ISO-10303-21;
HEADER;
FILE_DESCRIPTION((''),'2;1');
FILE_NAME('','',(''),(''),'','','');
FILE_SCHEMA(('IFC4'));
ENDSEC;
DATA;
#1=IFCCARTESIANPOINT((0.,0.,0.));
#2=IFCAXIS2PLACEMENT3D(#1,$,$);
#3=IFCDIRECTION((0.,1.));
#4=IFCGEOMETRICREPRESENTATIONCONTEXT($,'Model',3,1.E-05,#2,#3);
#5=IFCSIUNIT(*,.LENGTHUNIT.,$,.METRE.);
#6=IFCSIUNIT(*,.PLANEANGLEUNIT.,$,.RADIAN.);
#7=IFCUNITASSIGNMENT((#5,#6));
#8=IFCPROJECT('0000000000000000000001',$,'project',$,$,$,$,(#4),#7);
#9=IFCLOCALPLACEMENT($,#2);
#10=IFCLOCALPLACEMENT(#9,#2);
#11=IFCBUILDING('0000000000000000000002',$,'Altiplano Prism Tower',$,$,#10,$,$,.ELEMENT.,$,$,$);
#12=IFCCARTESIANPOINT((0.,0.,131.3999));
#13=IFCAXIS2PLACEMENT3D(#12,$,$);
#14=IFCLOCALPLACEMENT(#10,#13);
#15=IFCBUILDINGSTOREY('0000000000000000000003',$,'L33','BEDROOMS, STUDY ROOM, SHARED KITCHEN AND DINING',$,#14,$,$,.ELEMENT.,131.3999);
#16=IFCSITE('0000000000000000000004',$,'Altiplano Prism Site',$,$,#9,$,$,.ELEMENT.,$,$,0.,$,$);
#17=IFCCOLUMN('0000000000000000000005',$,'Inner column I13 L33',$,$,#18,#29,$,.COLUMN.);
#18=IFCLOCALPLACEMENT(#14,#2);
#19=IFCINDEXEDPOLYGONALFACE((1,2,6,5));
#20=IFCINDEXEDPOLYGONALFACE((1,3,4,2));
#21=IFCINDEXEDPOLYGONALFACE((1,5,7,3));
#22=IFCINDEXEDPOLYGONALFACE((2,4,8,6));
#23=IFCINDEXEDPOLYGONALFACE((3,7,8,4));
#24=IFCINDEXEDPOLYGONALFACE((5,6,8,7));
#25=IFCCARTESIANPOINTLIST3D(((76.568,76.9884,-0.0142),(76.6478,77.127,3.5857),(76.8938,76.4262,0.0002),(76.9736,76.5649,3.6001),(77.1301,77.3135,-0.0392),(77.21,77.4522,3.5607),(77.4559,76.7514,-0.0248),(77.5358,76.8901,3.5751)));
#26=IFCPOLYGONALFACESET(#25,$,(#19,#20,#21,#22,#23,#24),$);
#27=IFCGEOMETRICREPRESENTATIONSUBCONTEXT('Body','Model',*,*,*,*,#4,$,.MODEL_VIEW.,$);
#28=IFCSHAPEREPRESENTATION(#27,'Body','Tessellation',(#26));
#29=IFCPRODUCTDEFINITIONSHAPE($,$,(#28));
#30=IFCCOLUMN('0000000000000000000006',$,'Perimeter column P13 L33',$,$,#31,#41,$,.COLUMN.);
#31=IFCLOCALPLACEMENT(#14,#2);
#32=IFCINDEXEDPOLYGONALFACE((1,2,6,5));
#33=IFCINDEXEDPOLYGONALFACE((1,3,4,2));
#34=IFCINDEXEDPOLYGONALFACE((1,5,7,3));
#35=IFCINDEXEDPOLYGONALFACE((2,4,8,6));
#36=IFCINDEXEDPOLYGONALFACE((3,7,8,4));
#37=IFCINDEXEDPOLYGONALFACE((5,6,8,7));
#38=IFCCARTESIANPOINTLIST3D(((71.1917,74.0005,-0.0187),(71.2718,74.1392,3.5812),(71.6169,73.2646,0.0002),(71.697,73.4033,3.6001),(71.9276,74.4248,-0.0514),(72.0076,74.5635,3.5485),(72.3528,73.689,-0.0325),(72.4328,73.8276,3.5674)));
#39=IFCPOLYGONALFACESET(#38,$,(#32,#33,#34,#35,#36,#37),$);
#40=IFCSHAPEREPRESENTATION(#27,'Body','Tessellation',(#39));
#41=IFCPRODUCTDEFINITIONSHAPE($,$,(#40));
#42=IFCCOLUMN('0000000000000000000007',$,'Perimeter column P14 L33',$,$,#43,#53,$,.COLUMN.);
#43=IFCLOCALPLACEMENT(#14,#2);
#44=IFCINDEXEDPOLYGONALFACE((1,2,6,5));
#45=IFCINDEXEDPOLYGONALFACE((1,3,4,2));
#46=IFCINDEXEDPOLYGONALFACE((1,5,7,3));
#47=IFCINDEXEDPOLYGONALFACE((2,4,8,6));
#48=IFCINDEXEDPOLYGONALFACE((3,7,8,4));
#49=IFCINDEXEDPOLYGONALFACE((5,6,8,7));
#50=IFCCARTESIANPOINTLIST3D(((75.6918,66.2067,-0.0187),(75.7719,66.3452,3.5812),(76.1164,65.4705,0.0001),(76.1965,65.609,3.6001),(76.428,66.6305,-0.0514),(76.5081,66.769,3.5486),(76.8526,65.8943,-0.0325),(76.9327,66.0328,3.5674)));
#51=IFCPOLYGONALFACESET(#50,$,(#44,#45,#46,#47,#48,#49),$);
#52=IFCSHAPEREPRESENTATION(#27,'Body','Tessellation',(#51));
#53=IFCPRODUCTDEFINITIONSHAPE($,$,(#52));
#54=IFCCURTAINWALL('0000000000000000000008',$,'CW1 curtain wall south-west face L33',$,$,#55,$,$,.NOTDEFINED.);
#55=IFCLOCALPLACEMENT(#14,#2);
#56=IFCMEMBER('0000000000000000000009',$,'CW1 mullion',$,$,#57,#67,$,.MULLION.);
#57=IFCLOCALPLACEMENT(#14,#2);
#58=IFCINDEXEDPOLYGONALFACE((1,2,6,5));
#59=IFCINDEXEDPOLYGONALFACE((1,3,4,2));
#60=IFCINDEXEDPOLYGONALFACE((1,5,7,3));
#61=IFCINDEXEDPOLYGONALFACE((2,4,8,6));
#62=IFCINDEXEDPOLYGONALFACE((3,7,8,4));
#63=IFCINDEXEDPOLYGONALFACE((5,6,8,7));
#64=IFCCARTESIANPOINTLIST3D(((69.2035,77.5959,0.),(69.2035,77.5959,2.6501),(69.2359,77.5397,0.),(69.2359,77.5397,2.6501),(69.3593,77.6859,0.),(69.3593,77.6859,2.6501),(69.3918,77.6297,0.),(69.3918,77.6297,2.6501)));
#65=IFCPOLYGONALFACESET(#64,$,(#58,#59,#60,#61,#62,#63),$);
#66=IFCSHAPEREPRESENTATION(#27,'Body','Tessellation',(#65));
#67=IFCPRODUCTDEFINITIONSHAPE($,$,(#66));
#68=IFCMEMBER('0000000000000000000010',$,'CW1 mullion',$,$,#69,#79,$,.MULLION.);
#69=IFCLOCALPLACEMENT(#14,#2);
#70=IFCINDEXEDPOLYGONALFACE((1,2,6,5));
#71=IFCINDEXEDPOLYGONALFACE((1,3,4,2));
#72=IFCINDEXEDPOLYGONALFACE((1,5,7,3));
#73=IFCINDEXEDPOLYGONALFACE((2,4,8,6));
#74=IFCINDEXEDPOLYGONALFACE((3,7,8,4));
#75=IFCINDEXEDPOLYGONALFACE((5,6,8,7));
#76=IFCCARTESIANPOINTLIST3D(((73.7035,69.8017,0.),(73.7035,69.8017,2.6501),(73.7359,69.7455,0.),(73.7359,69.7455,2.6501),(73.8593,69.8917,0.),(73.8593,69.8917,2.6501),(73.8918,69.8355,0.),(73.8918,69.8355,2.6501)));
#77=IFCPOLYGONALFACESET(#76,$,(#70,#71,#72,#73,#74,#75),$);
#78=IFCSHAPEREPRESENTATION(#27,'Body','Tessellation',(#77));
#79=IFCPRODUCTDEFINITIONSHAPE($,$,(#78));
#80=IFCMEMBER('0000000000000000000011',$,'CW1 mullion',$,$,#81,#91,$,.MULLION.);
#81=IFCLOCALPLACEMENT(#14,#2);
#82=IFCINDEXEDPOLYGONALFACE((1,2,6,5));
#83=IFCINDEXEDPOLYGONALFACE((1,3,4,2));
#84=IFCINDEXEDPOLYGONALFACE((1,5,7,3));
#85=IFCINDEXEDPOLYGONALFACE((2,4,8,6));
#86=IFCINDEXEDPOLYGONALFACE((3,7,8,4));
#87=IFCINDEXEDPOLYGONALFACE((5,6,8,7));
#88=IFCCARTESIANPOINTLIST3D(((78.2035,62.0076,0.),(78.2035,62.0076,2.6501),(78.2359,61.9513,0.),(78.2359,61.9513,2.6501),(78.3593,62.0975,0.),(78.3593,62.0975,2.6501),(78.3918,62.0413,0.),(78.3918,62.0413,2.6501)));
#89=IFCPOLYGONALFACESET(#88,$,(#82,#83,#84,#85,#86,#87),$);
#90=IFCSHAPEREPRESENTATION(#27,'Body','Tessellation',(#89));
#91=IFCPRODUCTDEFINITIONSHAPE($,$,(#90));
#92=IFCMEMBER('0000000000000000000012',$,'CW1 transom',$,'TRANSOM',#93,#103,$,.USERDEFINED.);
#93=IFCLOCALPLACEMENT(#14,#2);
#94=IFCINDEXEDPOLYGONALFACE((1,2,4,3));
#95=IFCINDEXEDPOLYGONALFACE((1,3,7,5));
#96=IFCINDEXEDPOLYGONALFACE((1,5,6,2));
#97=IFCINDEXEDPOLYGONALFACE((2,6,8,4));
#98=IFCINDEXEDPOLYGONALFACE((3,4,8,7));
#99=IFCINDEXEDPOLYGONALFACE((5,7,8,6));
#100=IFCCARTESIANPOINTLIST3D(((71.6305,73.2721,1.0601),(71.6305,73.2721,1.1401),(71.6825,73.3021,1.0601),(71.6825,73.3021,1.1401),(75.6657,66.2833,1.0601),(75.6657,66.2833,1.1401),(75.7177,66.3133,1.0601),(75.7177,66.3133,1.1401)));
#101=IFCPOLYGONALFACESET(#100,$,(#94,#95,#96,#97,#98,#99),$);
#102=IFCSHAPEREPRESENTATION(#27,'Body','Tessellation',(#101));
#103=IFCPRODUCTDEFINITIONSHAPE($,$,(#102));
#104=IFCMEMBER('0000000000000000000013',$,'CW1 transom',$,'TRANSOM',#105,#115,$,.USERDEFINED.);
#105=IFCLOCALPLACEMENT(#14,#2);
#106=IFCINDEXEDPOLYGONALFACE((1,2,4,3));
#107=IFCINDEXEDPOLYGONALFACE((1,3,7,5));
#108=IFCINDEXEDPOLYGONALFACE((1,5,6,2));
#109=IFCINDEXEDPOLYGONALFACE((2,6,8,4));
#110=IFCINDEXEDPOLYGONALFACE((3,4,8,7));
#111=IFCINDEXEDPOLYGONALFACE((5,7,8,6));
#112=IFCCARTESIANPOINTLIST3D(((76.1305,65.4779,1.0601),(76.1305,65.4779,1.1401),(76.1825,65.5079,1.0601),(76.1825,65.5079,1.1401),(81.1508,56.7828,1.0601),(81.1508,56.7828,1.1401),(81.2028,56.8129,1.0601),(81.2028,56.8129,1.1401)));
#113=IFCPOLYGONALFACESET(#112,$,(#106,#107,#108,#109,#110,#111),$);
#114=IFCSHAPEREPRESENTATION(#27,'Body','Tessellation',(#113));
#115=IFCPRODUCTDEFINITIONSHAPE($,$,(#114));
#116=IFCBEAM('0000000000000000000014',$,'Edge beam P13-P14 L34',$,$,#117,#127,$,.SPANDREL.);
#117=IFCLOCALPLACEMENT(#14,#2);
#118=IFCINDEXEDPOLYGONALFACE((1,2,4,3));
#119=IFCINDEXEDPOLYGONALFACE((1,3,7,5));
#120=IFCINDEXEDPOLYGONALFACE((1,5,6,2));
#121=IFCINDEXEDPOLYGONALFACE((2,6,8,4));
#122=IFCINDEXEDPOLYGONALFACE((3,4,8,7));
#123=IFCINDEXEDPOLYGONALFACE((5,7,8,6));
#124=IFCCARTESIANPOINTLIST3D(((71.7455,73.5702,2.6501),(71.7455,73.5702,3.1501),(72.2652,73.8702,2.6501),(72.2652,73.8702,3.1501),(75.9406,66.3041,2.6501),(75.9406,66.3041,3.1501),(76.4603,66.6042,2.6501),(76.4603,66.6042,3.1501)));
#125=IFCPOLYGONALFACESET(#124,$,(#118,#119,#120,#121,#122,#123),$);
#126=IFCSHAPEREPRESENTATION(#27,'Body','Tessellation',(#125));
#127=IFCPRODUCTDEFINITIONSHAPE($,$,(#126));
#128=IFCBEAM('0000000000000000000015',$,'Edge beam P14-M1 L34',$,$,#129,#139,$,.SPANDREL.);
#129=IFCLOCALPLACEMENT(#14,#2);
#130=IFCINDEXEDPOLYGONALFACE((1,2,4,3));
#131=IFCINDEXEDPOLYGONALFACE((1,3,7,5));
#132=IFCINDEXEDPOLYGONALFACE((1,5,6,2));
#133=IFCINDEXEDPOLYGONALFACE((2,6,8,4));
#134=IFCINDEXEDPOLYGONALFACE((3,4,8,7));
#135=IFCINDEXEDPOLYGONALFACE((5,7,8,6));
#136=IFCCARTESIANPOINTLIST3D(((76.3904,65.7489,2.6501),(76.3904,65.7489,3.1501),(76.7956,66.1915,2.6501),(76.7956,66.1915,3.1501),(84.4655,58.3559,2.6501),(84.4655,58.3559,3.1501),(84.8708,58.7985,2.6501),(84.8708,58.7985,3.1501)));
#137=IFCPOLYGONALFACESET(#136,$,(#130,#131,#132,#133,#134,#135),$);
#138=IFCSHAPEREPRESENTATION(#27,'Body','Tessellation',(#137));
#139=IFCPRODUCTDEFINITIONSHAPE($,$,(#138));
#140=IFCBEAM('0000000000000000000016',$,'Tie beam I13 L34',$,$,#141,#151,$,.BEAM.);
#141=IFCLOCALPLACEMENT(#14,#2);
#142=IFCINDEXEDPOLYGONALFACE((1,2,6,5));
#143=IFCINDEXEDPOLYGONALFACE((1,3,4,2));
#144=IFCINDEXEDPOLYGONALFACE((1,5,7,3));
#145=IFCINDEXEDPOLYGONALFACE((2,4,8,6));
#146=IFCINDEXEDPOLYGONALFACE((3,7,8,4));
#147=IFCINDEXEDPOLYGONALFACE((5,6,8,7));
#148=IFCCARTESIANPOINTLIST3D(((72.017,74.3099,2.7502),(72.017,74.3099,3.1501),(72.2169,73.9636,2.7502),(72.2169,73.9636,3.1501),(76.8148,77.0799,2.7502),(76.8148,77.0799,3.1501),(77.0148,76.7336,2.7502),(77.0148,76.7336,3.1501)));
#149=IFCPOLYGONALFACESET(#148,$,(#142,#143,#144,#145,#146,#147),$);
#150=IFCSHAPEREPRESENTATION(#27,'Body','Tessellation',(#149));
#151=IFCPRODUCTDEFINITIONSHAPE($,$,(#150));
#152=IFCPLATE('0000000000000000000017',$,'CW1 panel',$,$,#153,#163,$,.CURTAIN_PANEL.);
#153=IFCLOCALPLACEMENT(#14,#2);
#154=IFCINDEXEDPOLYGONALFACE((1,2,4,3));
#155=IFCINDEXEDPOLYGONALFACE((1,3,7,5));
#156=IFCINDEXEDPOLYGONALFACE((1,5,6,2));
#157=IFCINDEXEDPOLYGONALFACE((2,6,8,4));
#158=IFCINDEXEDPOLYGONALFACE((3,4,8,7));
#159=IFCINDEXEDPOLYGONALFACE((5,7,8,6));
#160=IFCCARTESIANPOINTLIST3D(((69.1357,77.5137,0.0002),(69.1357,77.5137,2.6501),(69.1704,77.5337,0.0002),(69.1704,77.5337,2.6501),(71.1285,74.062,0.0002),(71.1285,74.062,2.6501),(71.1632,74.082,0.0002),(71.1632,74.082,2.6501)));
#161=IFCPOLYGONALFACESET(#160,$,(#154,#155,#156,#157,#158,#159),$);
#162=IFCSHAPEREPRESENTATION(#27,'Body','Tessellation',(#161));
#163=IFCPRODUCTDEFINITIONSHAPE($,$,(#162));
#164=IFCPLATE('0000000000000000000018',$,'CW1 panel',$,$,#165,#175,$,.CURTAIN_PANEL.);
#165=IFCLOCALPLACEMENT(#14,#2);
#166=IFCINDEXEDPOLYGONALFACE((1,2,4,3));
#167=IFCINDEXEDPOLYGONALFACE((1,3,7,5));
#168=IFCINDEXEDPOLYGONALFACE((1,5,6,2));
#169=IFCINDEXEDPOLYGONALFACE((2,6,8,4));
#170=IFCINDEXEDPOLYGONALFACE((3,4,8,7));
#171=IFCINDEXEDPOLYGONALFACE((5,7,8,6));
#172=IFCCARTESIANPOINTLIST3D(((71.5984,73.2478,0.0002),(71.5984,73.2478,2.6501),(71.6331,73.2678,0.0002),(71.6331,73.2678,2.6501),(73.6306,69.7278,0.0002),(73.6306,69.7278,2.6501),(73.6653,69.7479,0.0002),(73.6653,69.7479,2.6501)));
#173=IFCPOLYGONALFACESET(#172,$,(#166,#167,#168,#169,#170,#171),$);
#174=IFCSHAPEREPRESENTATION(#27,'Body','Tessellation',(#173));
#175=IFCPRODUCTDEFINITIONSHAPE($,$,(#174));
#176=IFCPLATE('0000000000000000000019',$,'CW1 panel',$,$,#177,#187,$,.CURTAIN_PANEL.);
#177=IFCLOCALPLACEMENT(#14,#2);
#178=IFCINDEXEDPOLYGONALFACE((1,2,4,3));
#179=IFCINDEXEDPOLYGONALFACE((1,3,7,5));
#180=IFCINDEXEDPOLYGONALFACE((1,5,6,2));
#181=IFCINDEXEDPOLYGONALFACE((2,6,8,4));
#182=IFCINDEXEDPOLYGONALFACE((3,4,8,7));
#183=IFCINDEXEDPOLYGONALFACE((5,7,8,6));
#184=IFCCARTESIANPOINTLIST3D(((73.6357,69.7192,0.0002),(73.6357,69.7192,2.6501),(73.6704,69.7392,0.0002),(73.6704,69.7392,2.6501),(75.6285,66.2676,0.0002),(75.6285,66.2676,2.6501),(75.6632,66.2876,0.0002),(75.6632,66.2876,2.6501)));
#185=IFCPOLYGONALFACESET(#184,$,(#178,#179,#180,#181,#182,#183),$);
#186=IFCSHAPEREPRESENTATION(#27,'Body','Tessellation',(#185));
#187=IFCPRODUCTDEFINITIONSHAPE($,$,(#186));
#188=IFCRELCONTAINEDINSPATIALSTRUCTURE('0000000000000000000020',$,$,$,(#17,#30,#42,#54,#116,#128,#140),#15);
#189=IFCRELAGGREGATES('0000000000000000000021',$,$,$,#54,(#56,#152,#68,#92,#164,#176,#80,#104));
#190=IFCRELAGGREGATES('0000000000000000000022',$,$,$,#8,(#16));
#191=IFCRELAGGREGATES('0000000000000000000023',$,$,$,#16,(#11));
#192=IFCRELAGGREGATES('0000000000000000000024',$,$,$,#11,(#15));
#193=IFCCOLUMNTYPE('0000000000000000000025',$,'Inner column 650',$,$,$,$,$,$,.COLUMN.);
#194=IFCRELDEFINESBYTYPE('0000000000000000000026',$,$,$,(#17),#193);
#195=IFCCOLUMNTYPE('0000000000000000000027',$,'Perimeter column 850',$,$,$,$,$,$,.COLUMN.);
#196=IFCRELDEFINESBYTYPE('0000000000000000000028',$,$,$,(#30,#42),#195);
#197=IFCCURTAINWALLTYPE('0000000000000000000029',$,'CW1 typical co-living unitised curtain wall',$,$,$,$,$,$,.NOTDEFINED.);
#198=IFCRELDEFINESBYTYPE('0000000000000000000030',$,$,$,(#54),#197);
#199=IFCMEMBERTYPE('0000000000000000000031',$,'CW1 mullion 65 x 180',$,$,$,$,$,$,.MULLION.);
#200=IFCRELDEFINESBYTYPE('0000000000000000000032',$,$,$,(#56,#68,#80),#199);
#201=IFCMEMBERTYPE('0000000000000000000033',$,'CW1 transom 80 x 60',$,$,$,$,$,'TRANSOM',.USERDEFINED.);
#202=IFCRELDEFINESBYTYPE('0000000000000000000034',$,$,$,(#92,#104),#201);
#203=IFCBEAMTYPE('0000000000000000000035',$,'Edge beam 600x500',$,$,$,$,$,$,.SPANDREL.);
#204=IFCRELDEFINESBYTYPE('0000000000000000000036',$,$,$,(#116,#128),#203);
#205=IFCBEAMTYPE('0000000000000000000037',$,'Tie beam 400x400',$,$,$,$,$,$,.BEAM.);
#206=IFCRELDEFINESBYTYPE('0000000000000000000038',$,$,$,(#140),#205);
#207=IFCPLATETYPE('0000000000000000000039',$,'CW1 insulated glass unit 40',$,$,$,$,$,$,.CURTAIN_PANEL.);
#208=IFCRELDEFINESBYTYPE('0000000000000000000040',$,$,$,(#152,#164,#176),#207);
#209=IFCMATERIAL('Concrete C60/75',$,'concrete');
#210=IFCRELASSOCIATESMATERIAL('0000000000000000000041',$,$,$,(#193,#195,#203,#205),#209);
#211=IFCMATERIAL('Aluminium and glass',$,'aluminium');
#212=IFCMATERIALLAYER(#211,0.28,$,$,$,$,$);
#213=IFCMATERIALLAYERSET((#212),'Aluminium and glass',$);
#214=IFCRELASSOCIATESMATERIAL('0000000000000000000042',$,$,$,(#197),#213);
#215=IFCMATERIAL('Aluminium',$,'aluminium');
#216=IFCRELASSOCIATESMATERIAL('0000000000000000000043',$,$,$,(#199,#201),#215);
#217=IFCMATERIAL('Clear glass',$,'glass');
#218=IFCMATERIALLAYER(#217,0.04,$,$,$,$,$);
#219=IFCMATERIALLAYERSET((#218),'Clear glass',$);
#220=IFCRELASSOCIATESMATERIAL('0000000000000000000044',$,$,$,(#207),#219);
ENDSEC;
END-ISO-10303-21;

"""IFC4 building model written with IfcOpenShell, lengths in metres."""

from ifc_helpers import new_model, si_unit, direction, frame, origin, origin_2d, place, context, subcontext, project, spatial, rectangle, extrude, material, layer, layer_set, material_profile, profile_set, type_object, element, aggregate, save


model = new_model("IFC4")

# Units and contexts
model_context = context("Model", 3, precision=1e-05, world=origin(), true_north=direction((0.0, 1.0)))
body_context = subcontext(model_context, "Body", "Model", "MODEL_VIEW")
ifc_project = project(units=[si_unit("LENGTHUNIT", "METRE"), si_unit("PLANEANGLEUNIT", "RADIAN")], contexts=[model_context])

# Site, building, storey
site_placement = place(None, origin())
site = spatial("IfcSite", under=ifc_project, at=site_placement, Name="Altiplano Prism Site", CompositionType="ELEMENT", RefElevation=0.0)
building_placement = place(site_placement, origin())
building = spatial("IfcBuilding", under=site, at=building_placement, Name="Altiplano Prism Tower", CompositionType="ELEMENT")
storey_placement = place(building_placement, frame((0.0, 0.0, 131.3999)))
storey = spatial("IfcBuildingStorey", under=building, at=storey_placement, Name="L33", Description="BEDROOMS, STUDY ROOM, SHARED KITCHEN AND DINING", CompositionType="ELEMENT", Elevation=131.3999)

# Columns
ifc_material_1 = material(Name="Concrete C60/75", Category="concrete")
ifc_material_profile_1 = material_profile(ifc_material_1, rectangle(XDim=0.6499, YDim=0.6499, at=origin_2d()), Name="Inner column 650")
ifc_profile_set_1 = profile_set([ifc_material_profile_1], Name="Concrete C60/75")
column_type_1 = type_object("IfcColumnType", Name="Inner column 650", PredefinedType="COLUMN", material=ifc_profile_set_1)
column_placement = place(storey_placement, frame((77.012, 76.8699, -0.0195), z_axis=(0.022155, 0.038484, 0.999014), x_axis=(-0.864982, -0.500327, 0.038456)))
element("IfcColumn", 1, at=column_placement, inside=storey, type_object=column_type_1, Name="Inner column I13 L33", PredefinedType="COLUMN", context=body_context, shape_type="SweptSolid", body=[
    extrude(rectangle(XDim=0.6499, YDim=0.6499, at=origin_2d()), origin(), (0.0, 0.0, 1.0), 3.6035),
])
ifc_material_profile_2 = material_profile(ifc_material_1, rectangle(XDim=0.8501, YDim=0.8501, at=origin_2d()), Name="Perimeter column 850")
ifc_profile_set_2 = profile_set([ifc_material_profile_2], Name="Concrete C60/75")
column_type_2 = type_object("IfcColumnType", Name="Perimeter column 850", PredefinedType="COLUMN", material=ifc_profile_set_2)
for number, where, z_axis, x_axis, name in (
    (2, (71.7722, 73.8447, -0.0256), (0.022223, 0.038483, 0.999012), (-0.865642, -0.499182, 0.038485), "Perimeter column P13 L33"),
    (3, (76.2722, 66.0505, -0.0256), (0.022223, 0.038416, 0.999015), (-0.866024, -0.498523, 0.038435), "Perimeter column P14 L33"),
):
    element("IfcColumn", number, at=place(storey_placement, frame(where, z_axis=z_axis, x_axis=x_axis)), inside=storey, type_object=column_type_2, Name=name, PredefinedType="COLUMN", context=body_context, shape_type="SweptSolid", body=[
        extrude(rectangle(XDim=0.8501, YDim=0.8501, at=origin_2d()), origin(), (0.0, 0.0, 1.0), 3.6035),
    ])

# Curtain wall, members
ifc_material_2 = material(Name="Aluminium and glass", Category="aluminium")
ifc_layer_1 = layer(ifc_material_2, 0.28)
ifc_layer_set_1 = layer_set([ifc_layer_1], Name="Aluminium and glass")
curtain_wall_type = type_object("IfcCurtainWallType", Name="CW1 typical co-living unitised curtain wall", PredefinedType="NOTDEFINED", material=ifc_layer_set_1)
curtain_wall_placement = place(storey_placement, origin())
curtain_wall = element("IfcCurtainWall", 4, at=curtain_wall_placement, inside=storey, type_object=curtain_wall_type, Name="CW1 curtain wall south-west face L33", PredefinedType="NOTDEFINED")
ifc_material_3 = material(Name="Aluminium", Category="aluminium")
ifc_material_profile_3 = material_profile(ifc_material_3, rectangle(XDim=0.1799, YDim=0.0649, at=origin_2d()), Name="CW1 mullion 65 x 180")
ifc_profile_set_3 = profile_set([ifc_material_profile_3], Name="Aluminium")
member_type_1 = type_object("IfcMemberType", Name="CW1 mullion 65 x 180", PredefinedType="MULLION", material=ifc_profile_set_3)
member_1_placement = place(storey_placement, frame((69.2976, 77.6128, 0.0), z_axis=(0.0, 0.0, 1.0), x_axis=(0.866025, 0.5, 0.0)))
member_1 = element("IfcMember", 5, at=member_1_placement, type_object=member_type_1, Name="CW1 mullion", PredefinedType="MULLION", context=body_context, shape_type="SweptSolid", body=[
    extrude(rectangle(XDim=0.1799, YDim=0.0649, at=origin_2d()), origin(), (0.0, 0.0, 1.0), 2.6501),
])
member_2_placement = place(storey_placement, frame((73.7976, 69.8186, 0.0), z_axis=(0.0, 0.0, 1.0), x_axis=(0.866025, 0.5, 0.0)))
member_2 = element("IfcMember", 6, at=member_2_placement, type_object=member_type_1, Name="CW1 mullion", PredefinedType="MULLION", context=body_context, shape_type="SweptSolid", body=[
    extrude(rectangle(XDim=0.1799, YDim=0.0649, at=origin_2d()), origin(), (0.0, 0.0, 1.0), 2.6501),
])
member_3_placement = place(storey_placement, frame((78.2976, 62.0244, 0.0), z_axis=(0.0, 0.0, 1.0), x_axis=(0.866025, 0.5, 0.0)))
member_3 = element("IfcMember", 7, at=member_3_placement, type_object=member_type_1, Name="CW1 mullion", PredefinedType="MULLION", context=body_context, shape_type="SweptSolid", body=[
    extrude(rectangle(XDim=0.1799, YDim=0.0649, at=origin_2d()), origin(), (0.0, 0.0, 1.0), 2.6501),
])
ifc_material_profile_4 = material_profile(ifc_material_3, rectangle(XDim=0.0601, YDim=0.0801, at=origin_2d()), Name="CW1 transom 80 x 60")
ifc_profile_set_4 = profile_set([ifc_material_profile_4], Name="Aluminium")
member_type_2 = type_object("IfcMemberType", Name="CW1 transom 80 x 60", ElementType="TRANSOM", PredefinedType="USERDEFINED", material=ifc_profile_set_4)
member_4_placement = place(storey_placement, frame((71.6565, 73.2871, 1.1001), z_axis=(0.500017, -0.866015, 0.0), x_axis=(0.866015, 0.500017, 0.0)))
member_4 = element("IfcMember", 8, at=member_4_placement, type_object=member_type_2, Name="CW1 transom", ObjectType="TRANSOM", PredefinedType="USERDEFINED", context=body_context, shape_type="SweptSolid", body=[
    extrude(rectangle(XDim=0.0601, YDim=0.0801, at=origin_2d()), origin(), (0.0, 0.0, 1.0), 8.0701),
])
member_5_placement = place(storey_placement, frame((76.1565, 65.4929, 1.1001), z_axis=(0.500012, -0.866018, 0.0), x_axis=(0.866018, 0.500012, 0.0)))
member_5 = element("IfcMember", 9, at=member_5_placement, type_object=member_type_2, Name="CW1 transom", ObjectType="TRANSOM", PredefinedType="USERDEFINED", context=body_context, shape_type="SweptSolid", body=[
    extrude(rectangle(XDim=0.0601, YDim=0.0801, at=origin_2d()), origin(), (0.0, 0.0, 1.0), 10.0403),
])

# Beams
ifc_material_profile_5 = material_profile(ifc_material_1, rectangle(XDim=0.6001, YDim=0.5, at=origin_2d()), Name="Edge beam 600x500")
ifc_profile_set_5 = profile_set([ifc_material_profile_5], Name="Concrete C60/75")
beam_type_1 = type_object("IfcBeamType", Name="Edge beam 600x500", PredefinedType="SPANDREL", material=ifc_profile_set_5)
beam_1_placement = place(storey_placement, frame((72.0054, 73.7202, 2.9001), z_axis=(0.499998, -0.866027, 0.0), x_axis=(0.866027, 0.499998, 0.0)))
element("IfcBeam", 10, at=beam_1_placement, inside=storey, type_object=beam_type_1, Name="Edge beam P13-P14 L34", PredefinedType="SPANDREL", context=body_context, shape_type="SweptSolid", body=[
    extrude(rectangle(XDim=0.6001, YDim=0.5, at=origin_2d()), origin(), (0.0, 0.0, 1.0), 8.3901),
])
beam_2_placement = place(storey_placement, frame((76.593, 65.9702, 2.9001), z_axis=(0.737572, -0.675268, 0.0), x_axis=(0.675268, 0.737572, 0.0)))
element("IfcBeam", 11, at=beam_2_placement, inside=storey, type_object=beam_type_1, Name="Edge beam P14-M1 L34", PredefinedType="SPANDREL", context=body_context, shape_type="SweptSolid", body=[
    extrude(rectangle(XDim=0.6001, YDim=0.5, at=origin_2d()), origin(), (0.0, 0.0, 1.0), 10.9482),
])
ifc_material_profile_6 = material_profile(ifc_material_1, rectangle(XDim=0.3999, YDim=0.3999, at=origin_2d()), Name="Tie beam 400x400")
ifc_profile_set_6 = profile_set([ifc_material_profile_6], Name="Concrete C60/75")
beam_type_2 = type_object("IfcBeamType", Name="Tie beam 400x400", PredefinedType="BEAM", material=ifc_profile_set_6)
beam_3_placement = place(storey_placement, frame((76.9148, 76.9067, 2.9502), z_axis=(-0.866027, -0.499997, 0.0), x_axis=(0.499997, -0.866027, 0.0)))
element("IfcBeam", 12, at=beam_3_placement, inside=storey, type_object=beam_type_2, Name="Tie beam I13 L34", PredefinedType="BEAM", context=body_context, shape_type="SweptSolid", body=[
    extrude(rectangle(XDim=0.3999, YDim=0.3999, at=origin_2d()), origin(), (0.0, 0.0, 1.0), 5.54),
])

# Plates
ifc_material_4 = material(Name="Clear glass", Category="glass")
ifc_layer_2 = layer(ifc_material_4, 0.04)
ifc_layer_set_2 = layer_set([ifc_layer_2], Name="Clear glass")
plate_type = type_object("IfcPlateType", Name="CW1 insulated glass unit 40", PredefinedType="CURTAIN_PANEL", material=ifc_layer_set_2)
plate_1_placement = place(storey_placement, frame((70.1494, 75.7979, 0.0002), z_axis=(0.0, 0.0, 1.0), x_axis=(0.5, -0.866025, 0.0)))
plate_1 = element("IfcPlate", 13, at=plate_1_placement, type_object=plate_type, Name="CW1 panel", PredefinedType="CURTAIN_PANEL", context=body_context, shape_type="SweptSolid", body=[
    extrude(rectangle(XDim=3.9856, YDim=0.04, at=origin_2d()), origin(), (0.0, 0.0, 1.0), 2.6499),
])
plate_2_placement = place(storey_placement, frame((72.6318, 71.4978, 0.0002), z_axis=(0.0, 0.0, 1.0), x_axis=(0.5, -0.866025, 0.0)))
plate_2 = element("IfcPlate", 14, at=plate_2_placement, type_object=plate_type, Name="CW1 panel", PredefinedType="CURTAIN_PANEL", context=body_context, shape_type="SweptSolid", body=[
    extrude(rectangle(XDim=4.0645, YDim=0.04, at=origin_2d()), origin(), (0.0, 0.0, 1.0), 2.6499),
])
plate_3_placement = place(storey_placement, frame((74.6494, 68.0034, 0.0002), z_axis=(0.0, 0.0, 1.0), x_axis=(0.5, -0.866025, 0.0)))
plate_3 = element("IfcPlate", 15, at=plate_3_placement, type_object=plate_type, Name="CW1 panel", PredefinedType="CURTAIN_PANEL", context=body_context, shape_type="SweptSolid", body=[
    extrude(rectangle(XDim=3.9856, YDim=0.04, at=origin_2d()), origin(), (0.0, 0.0, 1.0), 2.6499),
])
aggregate(curtain_wall, [member_1, plate_1, member_2, member_4, plate_2, plate_3, member_3, member_5])

save(model, "model.ifc")
